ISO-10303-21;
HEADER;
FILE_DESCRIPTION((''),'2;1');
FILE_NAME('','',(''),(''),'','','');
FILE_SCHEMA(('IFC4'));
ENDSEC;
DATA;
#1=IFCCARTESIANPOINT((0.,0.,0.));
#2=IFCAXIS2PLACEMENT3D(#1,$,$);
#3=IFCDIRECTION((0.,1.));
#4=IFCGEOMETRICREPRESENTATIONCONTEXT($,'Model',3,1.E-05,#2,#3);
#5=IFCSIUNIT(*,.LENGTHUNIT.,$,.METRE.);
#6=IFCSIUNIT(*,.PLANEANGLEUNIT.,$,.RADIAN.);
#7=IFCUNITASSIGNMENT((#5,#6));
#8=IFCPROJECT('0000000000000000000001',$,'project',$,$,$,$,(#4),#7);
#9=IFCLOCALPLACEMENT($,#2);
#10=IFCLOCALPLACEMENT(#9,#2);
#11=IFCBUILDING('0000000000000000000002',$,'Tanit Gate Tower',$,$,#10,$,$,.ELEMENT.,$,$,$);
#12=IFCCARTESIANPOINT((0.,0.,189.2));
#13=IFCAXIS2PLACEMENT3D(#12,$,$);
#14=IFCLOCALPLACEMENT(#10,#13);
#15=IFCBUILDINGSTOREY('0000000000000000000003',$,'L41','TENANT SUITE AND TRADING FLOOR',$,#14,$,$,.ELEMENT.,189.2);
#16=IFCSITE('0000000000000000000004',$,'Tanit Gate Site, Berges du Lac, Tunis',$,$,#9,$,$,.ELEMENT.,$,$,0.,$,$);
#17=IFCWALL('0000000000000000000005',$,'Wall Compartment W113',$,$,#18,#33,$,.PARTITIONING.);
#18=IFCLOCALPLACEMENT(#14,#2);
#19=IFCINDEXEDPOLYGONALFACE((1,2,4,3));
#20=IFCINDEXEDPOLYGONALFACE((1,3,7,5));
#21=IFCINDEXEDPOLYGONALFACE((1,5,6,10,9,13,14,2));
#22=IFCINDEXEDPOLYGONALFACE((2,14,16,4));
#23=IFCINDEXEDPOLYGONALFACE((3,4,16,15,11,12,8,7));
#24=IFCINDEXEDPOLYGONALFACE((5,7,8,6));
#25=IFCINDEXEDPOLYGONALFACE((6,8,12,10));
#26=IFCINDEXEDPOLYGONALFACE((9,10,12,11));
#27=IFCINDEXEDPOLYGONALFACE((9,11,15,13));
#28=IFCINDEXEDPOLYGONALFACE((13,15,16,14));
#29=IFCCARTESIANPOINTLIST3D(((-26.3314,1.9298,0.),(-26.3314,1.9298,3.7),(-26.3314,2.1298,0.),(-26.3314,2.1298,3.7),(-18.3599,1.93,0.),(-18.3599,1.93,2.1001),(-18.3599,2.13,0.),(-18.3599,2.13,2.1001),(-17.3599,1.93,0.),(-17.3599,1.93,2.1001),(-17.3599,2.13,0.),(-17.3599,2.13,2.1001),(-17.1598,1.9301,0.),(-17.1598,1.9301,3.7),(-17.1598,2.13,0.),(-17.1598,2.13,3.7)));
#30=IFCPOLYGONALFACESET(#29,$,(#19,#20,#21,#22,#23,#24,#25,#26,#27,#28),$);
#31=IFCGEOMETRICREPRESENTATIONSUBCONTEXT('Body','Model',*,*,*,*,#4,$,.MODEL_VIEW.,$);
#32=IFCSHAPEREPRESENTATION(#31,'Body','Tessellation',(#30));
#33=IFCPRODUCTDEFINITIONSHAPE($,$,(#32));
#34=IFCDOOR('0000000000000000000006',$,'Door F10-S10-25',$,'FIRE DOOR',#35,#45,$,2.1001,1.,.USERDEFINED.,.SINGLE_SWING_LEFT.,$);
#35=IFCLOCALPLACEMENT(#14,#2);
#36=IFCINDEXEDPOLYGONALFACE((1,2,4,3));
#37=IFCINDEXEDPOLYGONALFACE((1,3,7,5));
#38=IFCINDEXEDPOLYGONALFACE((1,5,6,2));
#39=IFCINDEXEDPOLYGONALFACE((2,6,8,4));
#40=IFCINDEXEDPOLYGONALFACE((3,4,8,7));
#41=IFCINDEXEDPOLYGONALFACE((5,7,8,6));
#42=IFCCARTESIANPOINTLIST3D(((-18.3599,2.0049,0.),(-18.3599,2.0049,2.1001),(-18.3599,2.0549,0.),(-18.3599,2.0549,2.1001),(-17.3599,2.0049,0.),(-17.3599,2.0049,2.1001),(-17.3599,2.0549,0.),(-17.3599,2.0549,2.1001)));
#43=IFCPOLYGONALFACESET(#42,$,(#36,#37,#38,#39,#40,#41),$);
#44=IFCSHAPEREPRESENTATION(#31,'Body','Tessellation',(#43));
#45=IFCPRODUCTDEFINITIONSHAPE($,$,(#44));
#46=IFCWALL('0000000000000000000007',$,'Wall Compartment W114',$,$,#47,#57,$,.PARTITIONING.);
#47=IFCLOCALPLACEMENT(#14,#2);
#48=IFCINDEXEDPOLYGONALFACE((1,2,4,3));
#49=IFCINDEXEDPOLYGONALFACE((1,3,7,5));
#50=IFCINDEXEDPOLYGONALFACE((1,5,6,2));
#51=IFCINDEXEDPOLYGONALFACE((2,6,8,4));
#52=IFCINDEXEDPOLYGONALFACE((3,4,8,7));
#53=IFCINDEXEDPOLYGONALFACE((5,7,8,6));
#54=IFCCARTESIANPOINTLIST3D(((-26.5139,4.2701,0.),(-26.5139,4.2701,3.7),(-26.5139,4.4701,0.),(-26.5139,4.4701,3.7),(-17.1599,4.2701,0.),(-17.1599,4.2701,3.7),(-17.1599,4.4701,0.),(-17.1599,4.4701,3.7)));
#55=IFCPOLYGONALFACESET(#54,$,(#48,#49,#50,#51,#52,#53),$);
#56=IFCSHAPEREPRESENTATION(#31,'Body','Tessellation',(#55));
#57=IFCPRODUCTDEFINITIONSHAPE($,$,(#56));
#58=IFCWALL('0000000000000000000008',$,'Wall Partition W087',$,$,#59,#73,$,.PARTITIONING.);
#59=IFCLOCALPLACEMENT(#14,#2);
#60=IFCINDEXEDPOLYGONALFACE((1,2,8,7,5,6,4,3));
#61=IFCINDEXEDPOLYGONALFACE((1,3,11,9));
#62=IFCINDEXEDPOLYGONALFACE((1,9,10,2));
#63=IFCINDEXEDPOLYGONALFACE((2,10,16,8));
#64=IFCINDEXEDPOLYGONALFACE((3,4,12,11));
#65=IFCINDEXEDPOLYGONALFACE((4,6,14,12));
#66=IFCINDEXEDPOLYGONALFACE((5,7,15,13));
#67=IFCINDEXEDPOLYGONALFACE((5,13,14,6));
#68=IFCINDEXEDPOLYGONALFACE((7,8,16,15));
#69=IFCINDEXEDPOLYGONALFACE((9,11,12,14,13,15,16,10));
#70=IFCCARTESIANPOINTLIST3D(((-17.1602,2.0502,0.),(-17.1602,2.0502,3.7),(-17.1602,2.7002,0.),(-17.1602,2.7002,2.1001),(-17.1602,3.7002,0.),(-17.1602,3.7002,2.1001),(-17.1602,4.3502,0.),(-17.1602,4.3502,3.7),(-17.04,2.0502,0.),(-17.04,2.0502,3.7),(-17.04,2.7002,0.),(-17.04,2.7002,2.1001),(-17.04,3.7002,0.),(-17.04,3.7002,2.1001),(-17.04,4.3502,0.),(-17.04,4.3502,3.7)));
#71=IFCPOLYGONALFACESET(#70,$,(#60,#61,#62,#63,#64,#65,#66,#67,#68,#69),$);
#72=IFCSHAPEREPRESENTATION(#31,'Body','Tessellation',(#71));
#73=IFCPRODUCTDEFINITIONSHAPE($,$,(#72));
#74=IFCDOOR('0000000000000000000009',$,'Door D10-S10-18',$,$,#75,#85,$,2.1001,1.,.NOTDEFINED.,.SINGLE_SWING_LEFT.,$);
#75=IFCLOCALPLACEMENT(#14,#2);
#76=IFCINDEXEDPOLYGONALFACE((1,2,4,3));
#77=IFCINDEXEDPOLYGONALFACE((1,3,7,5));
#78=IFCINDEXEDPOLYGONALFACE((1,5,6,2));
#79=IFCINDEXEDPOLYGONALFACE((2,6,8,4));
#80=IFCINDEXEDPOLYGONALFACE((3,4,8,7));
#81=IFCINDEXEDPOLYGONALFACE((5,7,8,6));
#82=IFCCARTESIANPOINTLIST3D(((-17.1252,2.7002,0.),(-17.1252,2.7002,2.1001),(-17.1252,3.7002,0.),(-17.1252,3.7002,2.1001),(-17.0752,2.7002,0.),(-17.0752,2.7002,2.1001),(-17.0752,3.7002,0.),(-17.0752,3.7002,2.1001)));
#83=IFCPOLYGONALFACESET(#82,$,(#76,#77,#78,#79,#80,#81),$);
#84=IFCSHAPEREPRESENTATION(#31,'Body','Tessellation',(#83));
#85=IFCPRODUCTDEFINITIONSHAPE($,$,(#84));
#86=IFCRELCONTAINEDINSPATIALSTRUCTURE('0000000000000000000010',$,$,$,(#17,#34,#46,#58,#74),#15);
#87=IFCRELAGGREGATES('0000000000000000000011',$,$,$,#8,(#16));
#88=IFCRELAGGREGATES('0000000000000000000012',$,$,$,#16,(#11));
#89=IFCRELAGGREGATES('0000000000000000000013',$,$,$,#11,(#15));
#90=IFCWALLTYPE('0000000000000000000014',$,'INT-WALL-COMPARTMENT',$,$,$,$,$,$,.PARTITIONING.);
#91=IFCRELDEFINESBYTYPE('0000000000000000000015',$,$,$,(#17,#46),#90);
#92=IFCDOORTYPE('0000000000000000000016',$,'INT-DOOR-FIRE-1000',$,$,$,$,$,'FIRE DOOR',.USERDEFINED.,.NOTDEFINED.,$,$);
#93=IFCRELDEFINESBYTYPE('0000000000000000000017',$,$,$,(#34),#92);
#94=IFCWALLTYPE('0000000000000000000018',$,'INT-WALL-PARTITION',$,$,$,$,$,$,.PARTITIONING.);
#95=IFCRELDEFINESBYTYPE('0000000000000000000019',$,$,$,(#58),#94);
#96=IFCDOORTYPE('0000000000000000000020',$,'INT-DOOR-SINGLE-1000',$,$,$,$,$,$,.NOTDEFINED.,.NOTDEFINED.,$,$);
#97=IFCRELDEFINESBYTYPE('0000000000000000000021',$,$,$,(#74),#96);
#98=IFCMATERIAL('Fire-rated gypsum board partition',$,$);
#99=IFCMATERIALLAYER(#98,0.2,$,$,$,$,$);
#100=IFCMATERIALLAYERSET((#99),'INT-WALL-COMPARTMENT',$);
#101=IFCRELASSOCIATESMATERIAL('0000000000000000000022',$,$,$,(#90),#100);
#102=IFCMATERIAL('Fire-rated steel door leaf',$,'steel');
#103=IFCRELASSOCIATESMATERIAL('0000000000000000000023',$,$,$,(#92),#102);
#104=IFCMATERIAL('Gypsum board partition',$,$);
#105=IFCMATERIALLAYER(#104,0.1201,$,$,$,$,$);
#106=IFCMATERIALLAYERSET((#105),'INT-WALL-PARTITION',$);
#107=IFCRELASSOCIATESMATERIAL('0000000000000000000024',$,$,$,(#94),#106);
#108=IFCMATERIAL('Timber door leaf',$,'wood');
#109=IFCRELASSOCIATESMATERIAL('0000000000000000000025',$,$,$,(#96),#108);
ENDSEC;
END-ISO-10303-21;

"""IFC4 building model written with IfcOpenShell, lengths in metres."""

from ifc_helpers import new_model, si_unit, direction, frame, frame_2d, origin, place, context, subcontext, project, spatial, rectangle, extrude, material, layer, layer_set, type_object, element, fill, save


model = new_model("IFC4")

# Units and contexts
model_context = context("Model", 3, precision=1e-05, world=origin(), true_north=direction((0.0, 1.0)))
body_context = subcontext(model_context, "Body", "Model", "MODEL_VIEW")
ifc_project = project(units=[si_unit("LENGTHUNIT", "METRE"), si_unit("PLANEANGLEUNIT", "RADIAN")], contexts=[model_context])

# Site, building, storey
site_placement = place(None, origin())
site = spatial("IfcSite", under=ifc_project, at=site_placement, Name="Tanit Gate Site, Berges du Lac, Tunis", CompositionType="ELEMENT", RefElevation=0.0)
building_placement = place(site_placement, origin())
building = spatial("IfcBuilding", under=site, at=building_placement, Name="Tanit Gate Tower", CompositionType="ELEMENT")
storey_placement = place(building_placement, frame((0.0, 0.0, 189.2)))
storey = spatial("IfcBuildingStorey", under=building, at=storey_placement, Name="L41", Description="TENANT SUITE AND TRADING FLOOR", CompositionType="ELEMENT", Elevation=189.2)

# Shared definitions
ifc_material_1 = material(Name="Fire-rated gypsum board partition")
ifc_layer_1 = layer(ifc_material_1, 0.2)
ifc_layer_set_1 = layer_set([ifc_layer_1], Name="INT-WALL-COMPARTMENT")
wall_type_1 = type_object("IfcWallType", Name="INT-WALL-COMPARTMENT", PredefinedType="PARTITIONING", material=ifc_layer_set_1)

# Wall, opening, door
wall_1_placement = place(storey_placement, frame((-26.3315, 2.0298, 0.0), z_axis=(0.0, 0.0, 1.0), x_axis=(1.0, 0.000027, 0.0)))
wall_1 = element("IfcWall", 1, at=wall_1_placement, inside=storey, type_object=wall_type_1, Name="Wall Compartment W113", PredefinedType="PARTITIONING", context=body_context, shape_type="SweptSolid", body=[
    extrude(rectangle(XDim=9.1716, YDim=0.2, at=frame_2d((4.5859, 0.0))), origin(), (0.0, 0.0, 1.0), 3.7),
])
opening_1_placement = place(wall_1_placement, frame((7.9717, 0.0, 0.0)))
opening_1 = element("IfcOpeningElement", 2, at=opening_1_placement, cuts=wall_1, PredefinedType="OPENING", context=body_context, shape_type="SweptSolid", body=[
    extrude(rectangle(XDim=1.0, YDim=2.1001, at=frame_2d((0.5, 1.05))), frame((0.0, 0.1099, 0.0), z_axis=(0.0, -1.0, 0.0), x_axis=(1.0, 0.0, 0.0)), (0.0, 0.0, 1.0), 0.22),
])
ifc_material_2 = material(Name="Fire-rated steel door leaf", Category="steel")
door_type_1 = type_object("IfcDoorType", Name="INT-DOOR-FIRE-1000", ElementType="FIRE DOOR", OperationType="NOTDEFINED", PredefinedType="USERDEFINED", material=ifc_material_2)
door_1_placement = place(opening_1_placement, origin())
door_1 = element("IfcDoor", 3, at=door_1_placement, inside=storey, type_object=door_type_1, Name="Door F10-S10-25", ObjectType="FIRE DOOR", OperationType="SINGLE_SWING_LEFT", OverallHeight=2.1001, OverallWidth=1.0, PredefinedType="USERDEFINED", context=body_context, shape_type="SweptSolid", body=[
    extrude(rectangle(XDim=1.0, YDim=2.1001, at=frame_2d((0.5, 1.05))), frame((0.0, 0.0249, 0.0), z_axis=(0.0, -1.0, 0.0), x_axis=(1.0, 0.0, 0.0)), (0.0, 0.0, 1.0), 0.05),
])
fill(opening_1, door_1)

# Wall
wall_2_placement = place(storey_placement, frame((-17.1599, 4.3701, 0.0), z_axis=(0.0, 0.0, 1.0), x_axis=(-1.0, 0.0, 0.0)))
element("IfcWall", 4, at=wall_2_placement, inside=storey, type_object=wall_type_1, Name="Wall Compartment W114", PredefinedType="PARTITIONING", context=body_context, shape_type="SweptSolid", body=[
    extrude(rectangle(XDim=9.354, YDim=0.2, at=frame_2d((4.677, 0.0))), origin(), (0.0, 0.0, 1.0), 3.7),
])

# Wall, opening, door
ifc_material_3 = material(Name="Gypsum board partition")
ifc_layer_2 = layer(ifc_material_3, 0.1201)
ifc_layer_set_2 = layer_set([ifc_layer_2], Name="INT-WALL-PARTITION")
wall_type_2 = type_object("IfcWallType", Name="INT-WALL-PARTITION", PredefinedType="PARTITIONING", material=ifc_layer_set_2)
wall_3_placement = place(storey_placement, frame((-17.1001, 4.3501, 0.0), z_axis=(0.0, 0.0, 1.0), x_axis=(0.0, -1.0, 0.0)))
wall_3 = element("IfcWall", 5, at=wall_3_placement, inside=storey, type_object=wall_type_2, Name="Wall Partition W087", PredefinedType="PARTITIONING", context=body_context, shape_type="SweptSolid", body=[
    extrude(rectangle(XDim=2.3, YDim=0.1201, at=frame_2d((1.1499, 0.0))), origin(), (0.0, 0.0, 1.0), 3.7),
])
opening_2_placement = place(wall_3_placement, frame((0.6499, 0.0, 0.0)))
opening_2 = element("IfcOpeningElement", 6, at=opening_2_placement, cuts=wall_3, PredefinedType="OPENING", context=body_context, shape_type="SweptSolid", body=[
    extrude(rectangle(XDim=1.0, YDim=2.1001, at=frame_2d((0.5, 1.05))), frame((0.0, 0.0701, 0.0), z_axis=(0.0, -1.0, 0.0), x_axis=(1.0, 0.0, 0.0)), (0.0, 0.0, 1.0), 0.1401),
])
ifc_material_4 = material(Name="Timber door leaf", Category="wood")
door_type_2 = type_object("IfcDoorType", Name="INT-DOOR-SINGLE-1000", OperationType="NOTDEFINED", PredefinedType="NOTDEFINED", material=ifc_material_4)
door_2_placement = place(opening_2_placement, origin())
door_2 = element("IfcDoor", 7, at=door_2_placement, inside=storey, type_object=door_type_2, Name="Door D10-S10-18", OperationType="SINGLE_SWING_LEFT", OverallHeight=2.1001, OverallWidth=1.0, PredefinedType="NOTDEFINED", context=body_context, shape_type="SweptSolid", body=[
    extrude(rectangle(XDim=1.0, YDim=2.1001, at=frame_2d((0.5, 1.05))), frame((0.0, 0.0249, 0.0), z_axis=(0.0, -1.0, 0.0), x_axis=(1.0, 0.0, 0.0)), (0.0, 0.0, 1.0), 0.05),
])
fill(opening_2, door_2)

save(model, "model.ifc")
